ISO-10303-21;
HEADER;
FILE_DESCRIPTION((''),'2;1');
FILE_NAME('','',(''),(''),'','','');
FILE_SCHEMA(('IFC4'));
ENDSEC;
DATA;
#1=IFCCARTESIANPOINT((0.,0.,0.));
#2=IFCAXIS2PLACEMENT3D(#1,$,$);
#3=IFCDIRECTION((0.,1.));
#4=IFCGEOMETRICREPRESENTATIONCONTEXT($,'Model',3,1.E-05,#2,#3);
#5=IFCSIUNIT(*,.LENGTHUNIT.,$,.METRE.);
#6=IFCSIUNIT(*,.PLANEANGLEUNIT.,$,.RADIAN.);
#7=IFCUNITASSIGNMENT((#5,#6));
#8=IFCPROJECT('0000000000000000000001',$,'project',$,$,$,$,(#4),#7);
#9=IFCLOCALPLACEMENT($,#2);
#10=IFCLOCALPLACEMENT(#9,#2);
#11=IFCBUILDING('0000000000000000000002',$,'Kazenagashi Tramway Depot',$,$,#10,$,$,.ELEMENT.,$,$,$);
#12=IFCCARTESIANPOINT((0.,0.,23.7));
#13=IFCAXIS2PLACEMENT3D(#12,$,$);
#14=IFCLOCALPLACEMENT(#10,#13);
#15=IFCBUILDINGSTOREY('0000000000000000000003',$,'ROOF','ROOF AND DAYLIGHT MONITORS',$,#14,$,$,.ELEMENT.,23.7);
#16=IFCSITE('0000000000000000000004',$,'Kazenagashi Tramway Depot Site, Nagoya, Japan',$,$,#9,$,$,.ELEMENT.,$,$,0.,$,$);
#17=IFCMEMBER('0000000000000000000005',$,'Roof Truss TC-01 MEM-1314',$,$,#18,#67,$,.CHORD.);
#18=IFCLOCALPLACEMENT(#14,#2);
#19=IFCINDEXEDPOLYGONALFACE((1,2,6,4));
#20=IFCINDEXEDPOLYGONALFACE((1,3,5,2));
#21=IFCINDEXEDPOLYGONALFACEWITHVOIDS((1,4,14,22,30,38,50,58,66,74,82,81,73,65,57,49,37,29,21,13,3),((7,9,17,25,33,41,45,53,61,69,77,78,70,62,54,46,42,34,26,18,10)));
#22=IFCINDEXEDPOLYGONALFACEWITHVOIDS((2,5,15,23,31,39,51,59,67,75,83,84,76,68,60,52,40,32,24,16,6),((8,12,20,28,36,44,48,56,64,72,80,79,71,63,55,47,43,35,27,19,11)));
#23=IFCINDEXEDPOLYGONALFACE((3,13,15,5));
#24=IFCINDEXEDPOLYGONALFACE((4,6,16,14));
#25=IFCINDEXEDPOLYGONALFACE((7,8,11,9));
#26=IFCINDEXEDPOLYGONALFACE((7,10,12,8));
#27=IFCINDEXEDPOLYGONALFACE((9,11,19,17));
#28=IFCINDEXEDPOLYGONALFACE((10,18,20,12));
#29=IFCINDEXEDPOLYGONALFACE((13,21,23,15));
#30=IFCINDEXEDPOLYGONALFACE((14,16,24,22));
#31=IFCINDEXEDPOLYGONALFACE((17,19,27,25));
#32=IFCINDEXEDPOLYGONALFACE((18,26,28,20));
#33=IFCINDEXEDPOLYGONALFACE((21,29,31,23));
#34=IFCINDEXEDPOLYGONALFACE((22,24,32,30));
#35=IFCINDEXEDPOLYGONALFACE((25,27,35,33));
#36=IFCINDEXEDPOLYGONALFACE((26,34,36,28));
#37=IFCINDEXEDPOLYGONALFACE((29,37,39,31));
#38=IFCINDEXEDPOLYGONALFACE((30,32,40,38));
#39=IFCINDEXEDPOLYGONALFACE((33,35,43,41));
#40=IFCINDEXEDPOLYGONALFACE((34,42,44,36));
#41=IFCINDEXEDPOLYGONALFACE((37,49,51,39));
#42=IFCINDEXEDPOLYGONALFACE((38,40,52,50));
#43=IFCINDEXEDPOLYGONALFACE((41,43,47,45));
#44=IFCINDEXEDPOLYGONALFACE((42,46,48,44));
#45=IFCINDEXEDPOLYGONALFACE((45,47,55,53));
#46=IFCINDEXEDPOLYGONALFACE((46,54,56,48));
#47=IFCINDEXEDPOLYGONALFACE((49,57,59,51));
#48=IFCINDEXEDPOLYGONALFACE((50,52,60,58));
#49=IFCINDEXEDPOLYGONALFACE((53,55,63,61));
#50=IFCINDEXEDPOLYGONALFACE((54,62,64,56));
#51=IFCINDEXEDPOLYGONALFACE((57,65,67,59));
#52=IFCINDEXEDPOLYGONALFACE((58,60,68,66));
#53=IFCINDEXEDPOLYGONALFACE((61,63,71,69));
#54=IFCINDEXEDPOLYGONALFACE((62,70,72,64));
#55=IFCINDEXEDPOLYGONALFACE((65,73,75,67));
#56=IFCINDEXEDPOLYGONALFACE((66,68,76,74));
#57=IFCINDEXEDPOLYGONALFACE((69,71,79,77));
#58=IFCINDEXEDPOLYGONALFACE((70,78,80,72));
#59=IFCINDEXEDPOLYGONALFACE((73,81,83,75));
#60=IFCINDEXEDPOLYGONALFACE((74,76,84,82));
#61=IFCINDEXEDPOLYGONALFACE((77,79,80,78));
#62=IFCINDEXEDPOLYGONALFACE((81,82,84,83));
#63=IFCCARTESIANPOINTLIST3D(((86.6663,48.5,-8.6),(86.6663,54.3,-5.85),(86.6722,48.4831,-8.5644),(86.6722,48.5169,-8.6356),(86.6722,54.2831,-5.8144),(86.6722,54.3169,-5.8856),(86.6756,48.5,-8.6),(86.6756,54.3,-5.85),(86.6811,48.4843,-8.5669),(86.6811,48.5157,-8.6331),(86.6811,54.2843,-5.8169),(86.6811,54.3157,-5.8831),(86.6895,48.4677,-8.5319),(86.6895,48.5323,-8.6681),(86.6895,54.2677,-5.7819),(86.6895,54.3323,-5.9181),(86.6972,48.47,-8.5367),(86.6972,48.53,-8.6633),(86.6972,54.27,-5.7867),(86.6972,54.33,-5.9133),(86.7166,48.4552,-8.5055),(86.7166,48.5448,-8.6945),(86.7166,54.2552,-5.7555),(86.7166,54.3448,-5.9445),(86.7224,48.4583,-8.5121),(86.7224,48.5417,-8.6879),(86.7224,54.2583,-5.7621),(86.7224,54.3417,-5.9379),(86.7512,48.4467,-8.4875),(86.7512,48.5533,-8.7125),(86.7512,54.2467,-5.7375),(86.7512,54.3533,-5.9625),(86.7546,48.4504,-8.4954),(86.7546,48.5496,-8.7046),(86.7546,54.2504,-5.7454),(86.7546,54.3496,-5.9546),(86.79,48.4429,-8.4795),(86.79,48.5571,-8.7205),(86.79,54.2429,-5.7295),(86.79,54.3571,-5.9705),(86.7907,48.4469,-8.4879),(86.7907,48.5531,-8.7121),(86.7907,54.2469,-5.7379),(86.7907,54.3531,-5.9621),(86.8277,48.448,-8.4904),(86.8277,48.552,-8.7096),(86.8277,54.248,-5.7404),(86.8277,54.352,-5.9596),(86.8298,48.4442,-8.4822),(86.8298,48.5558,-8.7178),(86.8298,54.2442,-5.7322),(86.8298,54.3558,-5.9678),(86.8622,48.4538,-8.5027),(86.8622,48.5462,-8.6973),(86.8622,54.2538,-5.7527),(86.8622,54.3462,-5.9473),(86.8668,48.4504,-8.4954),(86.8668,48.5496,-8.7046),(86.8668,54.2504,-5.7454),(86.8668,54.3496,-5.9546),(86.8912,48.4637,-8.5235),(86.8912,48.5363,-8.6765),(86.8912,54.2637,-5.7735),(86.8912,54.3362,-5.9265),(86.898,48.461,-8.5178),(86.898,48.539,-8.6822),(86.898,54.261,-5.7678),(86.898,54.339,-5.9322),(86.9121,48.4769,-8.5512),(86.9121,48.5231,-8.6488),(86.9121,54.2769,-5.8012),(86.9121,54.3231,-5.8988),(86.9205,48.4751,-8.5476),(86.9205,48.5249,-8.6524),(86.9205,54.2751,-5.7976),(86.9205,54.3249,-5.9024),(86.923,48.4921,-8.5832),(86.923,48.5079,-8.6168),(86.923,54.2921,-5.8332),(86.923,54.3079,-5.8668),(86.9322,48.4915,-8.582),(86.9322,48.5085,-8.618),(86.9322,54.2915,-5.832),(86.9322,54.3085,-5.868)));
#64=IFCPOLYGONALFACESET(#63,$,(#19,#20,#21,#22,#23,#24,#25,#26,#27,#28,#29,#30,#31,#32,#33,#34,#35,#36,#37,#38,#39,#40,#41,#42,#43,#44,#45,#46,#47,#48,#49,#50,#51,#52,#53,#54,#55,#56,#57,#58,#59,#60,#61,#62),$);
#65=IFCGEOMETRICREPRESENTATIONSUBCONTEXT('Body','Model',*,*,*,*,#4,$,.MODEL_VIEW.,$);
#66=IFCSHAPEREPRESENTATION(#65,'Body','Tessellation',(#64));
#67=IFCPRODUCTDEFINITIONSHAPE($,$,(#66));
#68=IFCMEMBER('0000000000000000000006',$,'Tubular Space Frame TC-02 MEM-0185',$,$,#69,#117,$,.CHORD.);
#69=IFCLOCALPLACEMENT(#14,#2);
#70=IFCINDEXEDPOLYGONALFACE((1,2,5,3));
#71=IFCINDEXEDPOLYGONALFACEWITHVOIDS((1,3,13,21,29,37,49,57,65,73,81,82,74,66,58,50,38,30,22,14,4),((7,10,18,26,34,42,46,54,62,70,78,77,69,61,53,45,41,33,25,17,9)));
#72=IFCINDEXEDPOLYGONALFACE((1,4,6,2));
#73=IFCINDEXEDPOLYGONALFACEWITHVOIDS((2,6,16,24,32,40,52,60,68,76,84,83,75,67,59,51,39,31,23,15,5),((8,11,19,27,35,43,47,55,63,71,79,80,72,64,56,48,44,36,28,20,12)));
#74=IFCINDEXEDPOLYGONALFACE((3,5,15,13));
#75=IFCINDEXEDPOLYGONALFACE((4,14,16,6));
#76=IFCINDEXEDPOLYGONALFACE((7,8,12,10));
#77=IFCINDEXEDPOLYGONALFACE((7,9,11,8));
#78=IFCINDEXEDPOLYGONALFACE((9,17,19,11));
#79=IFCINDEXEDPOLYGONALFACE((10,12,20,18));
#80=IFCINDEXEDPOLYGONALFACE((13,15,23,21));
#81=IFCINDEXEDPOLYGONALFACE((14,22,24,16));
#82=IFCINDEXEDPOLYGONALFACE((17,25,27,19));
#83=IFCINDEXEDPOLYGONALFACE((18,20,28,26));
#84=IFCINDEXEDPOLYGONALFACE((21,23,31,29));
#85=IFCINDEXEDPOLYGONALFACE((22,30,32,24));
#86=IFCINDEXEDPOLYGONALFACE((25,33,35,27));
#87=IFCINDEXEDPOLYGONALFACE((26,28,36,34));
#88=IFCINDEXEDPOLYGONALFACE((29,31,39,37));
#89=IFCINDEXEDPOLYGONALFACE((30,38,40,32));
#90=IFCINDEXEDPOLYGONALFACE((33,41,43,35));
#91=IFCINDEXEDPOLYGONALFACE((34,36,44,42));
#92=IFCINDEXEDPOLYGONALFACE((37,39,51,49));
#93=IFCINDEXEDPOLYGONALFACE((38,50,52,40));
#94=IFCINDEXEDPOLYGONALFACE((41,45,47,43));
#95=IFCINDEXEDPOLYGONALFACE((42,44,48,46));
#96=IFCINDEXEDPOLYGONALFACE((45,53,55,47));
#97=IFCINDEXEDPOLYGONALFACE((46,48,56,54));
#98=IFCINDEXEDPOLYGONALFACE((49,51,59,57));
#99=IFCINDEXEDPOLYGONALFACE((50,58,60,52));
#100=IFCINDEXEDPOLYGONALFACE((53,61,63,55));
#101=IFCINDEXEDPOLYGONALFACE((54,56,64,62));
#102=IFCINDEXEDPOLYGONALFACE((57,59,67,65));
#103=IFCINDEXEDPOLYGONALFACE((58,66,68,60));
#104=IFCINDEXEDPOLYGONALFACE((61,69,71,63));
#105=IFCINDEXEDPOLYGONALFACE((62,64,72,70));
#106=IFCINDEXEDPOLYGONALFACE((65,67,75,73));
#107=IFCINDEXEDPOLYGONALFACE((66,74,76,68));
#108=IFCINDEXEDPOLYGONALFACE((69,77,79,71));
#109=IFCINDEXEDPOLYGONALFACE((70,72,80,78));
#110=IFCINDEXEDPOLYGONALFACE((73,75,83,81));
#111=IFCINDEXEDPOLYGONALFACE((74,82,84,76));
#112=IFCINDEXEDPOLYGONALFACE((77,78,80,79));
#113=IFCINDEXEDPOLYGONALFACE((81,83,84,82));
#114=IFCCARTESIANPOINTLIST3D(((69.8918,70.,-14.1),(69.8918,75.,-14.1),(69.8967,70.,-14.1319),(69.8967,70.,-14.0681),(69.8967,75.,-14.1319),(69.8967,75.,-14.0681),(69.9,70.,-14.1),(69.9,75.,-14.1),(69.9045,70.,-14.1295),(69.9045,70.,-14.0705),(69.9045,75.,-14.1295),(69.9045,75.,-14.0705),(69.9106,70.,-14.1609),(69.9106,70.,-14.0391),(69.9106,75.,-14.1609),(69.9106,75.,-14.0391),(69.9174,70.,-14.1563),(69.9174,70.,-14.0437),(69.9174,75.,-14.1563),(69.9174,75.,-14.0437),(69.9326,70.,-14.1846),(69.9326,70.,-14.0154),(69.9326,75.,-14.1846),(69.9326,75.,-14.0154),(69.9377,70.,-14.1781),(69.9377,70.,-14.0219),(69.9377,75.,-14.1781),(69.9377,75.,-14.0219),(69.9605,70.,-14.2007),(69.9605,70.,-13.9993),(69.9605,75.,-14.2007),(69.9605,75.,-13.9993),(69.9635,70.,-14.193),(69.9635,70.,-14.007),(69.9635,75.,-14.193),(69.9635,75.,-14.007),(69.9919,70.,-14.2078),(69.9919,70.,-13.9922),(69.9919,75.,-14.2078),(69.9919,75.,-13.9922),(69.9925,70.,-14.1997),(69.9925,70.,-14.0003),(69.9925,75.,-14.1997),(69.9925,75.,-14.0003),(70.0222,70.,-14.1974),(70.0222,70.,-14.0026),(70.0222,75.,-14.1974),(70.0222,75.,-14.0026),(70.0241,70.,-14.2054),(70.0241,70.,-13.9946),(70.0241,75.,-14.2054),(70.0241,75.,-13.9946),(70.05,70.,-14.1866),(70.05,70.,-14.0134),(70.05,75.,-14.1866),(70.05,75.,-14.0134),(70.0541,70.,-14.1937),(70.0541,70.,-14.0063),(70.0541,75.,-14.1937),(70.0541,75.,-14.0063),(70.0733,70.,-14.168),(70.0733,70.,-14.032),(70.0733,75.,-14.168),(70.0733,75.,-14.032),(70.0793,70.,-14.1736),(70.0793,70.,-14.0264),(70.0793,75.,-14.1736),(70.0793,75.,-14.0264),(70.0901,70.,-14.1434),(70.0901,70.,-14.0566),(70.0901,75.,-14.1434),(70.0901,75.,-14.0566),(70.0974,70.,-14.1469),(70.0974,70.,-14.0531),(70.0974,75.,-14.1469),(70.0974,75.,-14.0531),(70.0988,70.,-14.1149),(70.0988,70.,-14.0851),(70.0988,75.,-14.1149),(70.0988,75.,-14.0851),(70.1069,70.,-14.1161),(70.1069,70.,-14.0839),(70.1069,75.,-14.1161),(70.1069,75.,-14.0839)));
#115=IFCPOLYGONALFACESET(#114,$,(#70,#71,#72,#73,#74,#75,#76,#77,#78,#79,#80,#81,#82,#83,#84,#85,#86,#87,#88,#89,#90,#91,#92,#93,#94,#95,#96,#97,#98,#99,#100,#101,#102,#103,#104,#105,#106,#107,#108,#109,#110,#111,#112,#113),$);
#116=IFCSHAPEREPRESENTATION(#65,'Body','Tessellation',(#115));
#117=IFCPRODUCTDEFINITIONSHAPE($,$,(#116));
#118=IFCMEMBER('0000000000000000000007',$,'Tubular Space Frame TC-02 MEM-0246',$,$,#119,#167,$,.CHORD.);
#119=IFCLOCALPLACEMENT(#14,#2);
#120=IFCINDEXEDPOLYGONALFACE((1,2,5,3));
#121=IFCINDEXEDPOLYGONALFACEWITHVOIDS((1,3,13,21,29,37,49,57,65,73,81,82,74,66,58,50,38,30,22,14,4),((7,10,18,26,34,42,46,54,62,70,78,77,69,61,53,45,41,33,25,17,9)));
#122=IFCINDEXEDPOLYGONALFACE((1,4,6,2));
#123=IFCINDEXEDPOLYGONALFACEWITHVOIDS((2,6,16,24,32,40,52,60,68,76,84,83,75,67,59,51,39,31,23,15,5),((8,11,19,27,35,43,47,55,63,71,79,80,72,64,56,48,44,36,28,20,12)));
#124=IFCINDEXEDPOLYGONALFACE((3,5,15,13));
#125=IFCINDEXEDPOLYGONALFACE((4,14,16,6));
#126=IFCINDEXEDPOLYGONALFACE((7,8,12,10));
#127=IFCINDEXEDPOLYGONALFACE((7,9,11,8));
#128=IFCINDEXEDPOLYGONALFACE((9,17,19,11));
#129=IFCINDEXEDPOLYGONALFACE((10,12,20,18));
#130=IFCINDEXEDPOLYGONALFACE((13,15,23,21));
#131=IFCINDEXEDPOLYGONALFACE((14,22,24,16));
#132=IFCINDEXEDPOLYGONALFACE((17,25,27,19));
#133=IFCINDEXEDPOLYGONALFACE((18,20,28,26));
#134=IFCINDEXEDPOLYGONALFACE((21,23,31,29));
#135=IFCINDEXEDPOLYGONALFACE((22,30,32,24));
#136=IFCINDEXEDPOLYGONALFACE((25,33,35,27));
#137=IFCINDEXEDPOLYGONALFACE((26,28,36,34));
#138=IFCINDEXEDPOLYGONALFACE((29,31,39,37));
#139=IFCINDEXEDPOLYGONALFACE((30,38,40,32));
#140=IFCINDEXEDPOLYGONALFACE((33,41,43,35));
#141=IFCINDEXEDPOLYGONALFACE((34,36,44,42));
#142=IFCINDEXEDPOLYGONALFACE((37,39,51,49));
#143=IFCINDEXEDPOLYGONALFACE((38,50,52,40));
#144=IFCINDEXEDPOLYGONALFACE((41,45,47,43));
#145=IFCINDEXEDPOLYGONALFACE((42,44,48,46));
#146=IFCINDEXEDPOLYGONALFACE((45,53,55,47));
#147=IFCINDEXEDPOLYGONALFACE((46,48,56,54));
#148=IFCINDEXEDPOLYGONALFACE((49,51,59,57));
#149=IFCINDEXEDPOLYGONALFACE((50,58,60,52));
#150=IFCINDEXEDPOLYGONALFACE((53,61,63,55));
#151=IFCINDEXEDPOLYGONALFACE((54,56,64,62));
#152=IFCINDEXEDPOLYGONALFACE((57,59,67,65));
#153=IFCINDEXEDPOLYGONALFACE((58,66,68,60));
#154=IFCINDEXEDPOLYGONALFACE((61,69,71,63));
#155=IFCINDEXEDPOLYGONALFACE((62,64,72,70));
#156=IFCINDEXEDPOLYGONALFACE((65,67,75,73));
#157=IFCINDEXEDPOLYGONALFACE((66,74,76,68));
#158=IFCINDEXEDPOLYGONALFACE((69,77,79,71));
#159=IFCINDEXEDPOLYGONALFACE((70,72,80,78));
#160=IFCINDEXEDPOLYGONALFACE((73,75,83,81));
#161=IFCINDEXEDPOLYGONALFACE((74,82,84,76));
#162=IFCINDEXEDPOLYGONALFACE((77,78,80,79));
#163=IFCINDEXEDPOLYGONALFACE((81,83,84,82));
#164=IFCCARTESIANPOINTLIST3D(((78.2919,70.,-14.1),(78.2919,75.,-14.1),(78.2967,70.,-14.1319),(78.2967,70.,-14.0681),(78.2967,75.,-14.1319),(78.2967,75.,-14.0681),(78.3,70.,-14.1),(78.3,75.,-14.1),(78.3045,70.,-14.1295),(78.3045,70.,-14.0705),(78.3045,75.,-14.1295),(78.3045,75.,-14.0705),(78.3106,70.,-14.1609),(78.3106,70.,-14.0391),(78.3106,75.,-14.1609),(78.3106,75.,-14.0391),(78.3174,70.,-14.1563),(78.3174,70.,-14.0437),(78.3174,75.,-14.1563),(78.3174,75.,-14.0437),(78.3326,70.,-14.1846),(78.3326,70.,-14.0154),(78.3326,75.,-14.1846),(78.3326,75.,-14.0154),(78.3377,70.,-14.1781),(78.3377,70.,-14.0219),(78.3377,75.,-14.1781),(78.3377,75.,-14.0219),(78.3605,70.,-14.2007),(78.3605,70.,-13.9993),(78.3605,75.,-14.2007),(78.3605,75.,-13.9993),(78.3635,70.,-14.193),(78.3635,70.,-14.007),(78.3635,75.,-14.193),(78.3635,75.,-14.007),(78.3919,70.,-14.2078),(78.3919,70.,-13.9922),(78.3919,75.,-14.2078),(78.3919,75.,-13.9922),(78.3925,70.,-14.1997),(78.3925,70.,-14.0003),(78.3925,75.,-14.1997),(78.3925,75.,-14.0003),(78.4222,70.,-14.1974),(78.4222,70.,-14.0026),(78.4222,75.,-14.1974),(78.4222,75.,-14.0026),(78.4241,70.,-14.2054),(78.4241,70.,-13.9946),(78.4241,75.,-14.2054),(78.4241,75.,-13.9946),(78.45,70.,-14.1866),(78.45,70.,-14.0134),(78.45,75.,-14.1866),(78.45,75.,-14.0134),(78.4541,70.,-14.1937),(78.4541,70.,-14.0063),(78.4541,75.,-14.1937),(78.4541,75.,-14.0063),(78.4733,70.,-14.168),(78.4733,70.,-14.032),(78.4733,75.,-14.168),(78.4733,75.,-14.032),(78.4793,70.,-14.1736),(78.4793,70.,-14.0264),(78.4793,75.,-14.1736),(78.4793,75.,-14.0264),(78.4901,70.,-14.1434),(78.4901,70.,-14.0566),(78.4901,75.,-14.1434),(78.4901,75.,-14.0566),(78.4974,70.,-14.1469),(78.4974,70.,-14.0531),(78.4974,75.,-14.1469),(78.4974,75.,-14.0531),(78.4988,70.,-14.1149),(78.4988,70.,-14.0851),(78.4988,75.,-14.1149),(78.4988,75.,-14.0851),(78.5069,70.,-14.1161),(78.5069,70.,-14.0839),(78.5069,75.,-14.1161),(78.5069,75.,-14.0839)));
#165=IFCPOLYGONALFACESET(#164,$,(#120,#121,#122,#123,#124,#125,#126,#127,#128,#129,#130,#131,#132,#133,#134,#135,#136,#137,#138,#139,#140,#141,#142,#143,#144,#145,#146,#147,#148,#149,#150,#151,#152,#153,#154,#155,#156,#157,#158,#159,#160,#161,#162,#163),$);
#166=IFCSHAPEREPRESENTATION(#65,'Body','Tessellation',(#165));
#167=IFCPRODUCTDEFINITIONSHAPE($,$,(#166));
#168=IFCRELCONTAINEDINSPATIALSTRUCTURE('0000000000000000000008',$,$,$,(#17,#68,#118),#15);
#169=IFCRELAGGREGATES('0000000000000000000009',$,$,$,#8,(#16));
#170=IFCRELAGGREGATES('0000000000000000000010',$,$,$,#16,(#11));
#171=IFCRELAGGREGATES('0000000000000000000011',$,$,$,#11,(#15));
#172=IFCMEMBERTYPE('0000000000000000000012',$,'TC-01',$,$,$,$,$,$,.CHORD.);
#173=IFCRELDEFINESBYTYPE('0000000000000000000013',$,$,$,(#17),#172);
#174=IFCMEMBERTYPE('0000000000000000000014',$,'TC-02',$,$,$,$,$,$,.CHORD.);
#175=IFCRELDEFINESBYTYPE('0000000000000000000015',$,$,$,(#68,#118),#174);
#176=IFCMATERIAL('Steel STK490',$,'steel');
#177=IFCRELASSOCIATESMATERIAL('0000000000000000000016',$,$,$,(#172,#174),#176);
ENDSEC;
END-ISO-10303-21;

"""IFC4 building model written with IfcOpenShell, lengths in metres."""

from ifc_helpers import new_model, si_unit, direction, frame, origin, origin_2d, place, context, subcontext, project, spatial, hollow_circle, extrude, material, material_profile, profile_set, type_object, element, save


model = new_model("IFC4")

# Units and contexts
model_context = context("Model", 3, precision=1e-05, world=origin(), true_north=direction((0.0, 1.0)))
body_context = subcontext(model_context, "Body", "Model", "MODEL_VIEW")
ifc_project = project(units=[si_unit("LENGTHUNIT", "METRE"), si_unit("PLANEANGLEUNIT", "RADIAN")], contexts=[model_context])

# Site, building, storey
site_placement = place(None, origin())
site = spatial("IfcSite", under=ifc_project, at=site_placement, Name="Kazenagashi Tramway Depot Site, Nagoya, Japan", CompositionType="ELEMENT", RefElevation=0.0)
building_placement = place(site_placement, origin())
building = spatial("IfcBuilding", under=site, at=building_placement, Name="Kazenagashi Tramway Depot", CompositionType="ELEMENT")
storey_placement = place(building_placement, frame((0.0, 0.0, 23.7)))
storey = spatial("IfcBuildingStorey", under=building, at=storey_placement, Name="ROOF", Description="ROOF AND DAYLIGHT MONITORS", CompositionType="ELEMENT", Elevation=23.7)

# Members
ifc_material_1 = material(Name="Steel STK490", Category="steel")
ifc_material_profile_1 = material_profile(ifc_material_1, hollow_circle(Radius=0.1337, WallThickness=0.0093, at=origin_2d()), Name="CHS-267.4x9.3")
ifc_profile_set_1 = profile_set([ifc_material_profile_1], Name="Steel STK490")
member_type_1 = type_object("IfcMemberType", Name="TC-01", PredefinedType="CHORD", material=ifc_profile_set_1)
member_1_placement = place(storey_placement, frame((86.8, 48.5, -8.6), z_axis=(0.0, 0.903579, 0.428421), x_axis=(-1.0, 0.0, 0.0)))
element("IfcMember", 1, at=member_1_placement, inside=storey, type_object=member_type_1, Name="Roof Truss TC-01 MEM-1314", PredefinedType="CHORD", context=body_context, shape_type="SweptSolid", body=[
    extrude(hollow_circle(Radius=0.1337, WallThickness=0.0093, at=origin_2d()), origin(), (0.0, 0.0, 1.0), 6.4189),
])
ifc_material_profile_2 = material_profile(ifc_material_1, hollow_circle(Radius=0.1081, WallThickness=0.0082, at=origin_2d()), Name="CHS-216.3x8.2")
ifc_profile_set_2 = profile_set([ifc_material_profile_2], Name="Steel STK490")
member_type_2 = type_object("IfcMemberType", Name="TC-02", PredefinedType="CHORD", material=ifc_profile_set_2)
for number, where, z_axis, x_axis, name in (
    (2, (70.0, 70.0, -14.1), (0.0, 1.0, 0.0), (-1.0, 0.0, 0.0), "Tubular Space Frame TC-02 MEM-0185"),
    (3, (78.4, 70.0, -14.1), (0.0, 1.0, 0.0), (-1.0, 0.0, 0.0), "Tubular Space Frame TC-02 MEM-0246"),
):
    element("IfcMember", number, at=place(storey_placement, frame(where, z_axis=z_axis, x_axis=x_axis)), inside=storey, type_object=member_type_2, Name=name, PredefinedType="CHORD", context=body_context, shape_type="SweptSolid", body=[
        extrude(hollow_circle(Radius=0.1081, WallThickness=0.0082, at=origin_2d()), origin(), (0.0, 0.0, 1.0), 5.0),
    ])

save(model, "model.ifc")
